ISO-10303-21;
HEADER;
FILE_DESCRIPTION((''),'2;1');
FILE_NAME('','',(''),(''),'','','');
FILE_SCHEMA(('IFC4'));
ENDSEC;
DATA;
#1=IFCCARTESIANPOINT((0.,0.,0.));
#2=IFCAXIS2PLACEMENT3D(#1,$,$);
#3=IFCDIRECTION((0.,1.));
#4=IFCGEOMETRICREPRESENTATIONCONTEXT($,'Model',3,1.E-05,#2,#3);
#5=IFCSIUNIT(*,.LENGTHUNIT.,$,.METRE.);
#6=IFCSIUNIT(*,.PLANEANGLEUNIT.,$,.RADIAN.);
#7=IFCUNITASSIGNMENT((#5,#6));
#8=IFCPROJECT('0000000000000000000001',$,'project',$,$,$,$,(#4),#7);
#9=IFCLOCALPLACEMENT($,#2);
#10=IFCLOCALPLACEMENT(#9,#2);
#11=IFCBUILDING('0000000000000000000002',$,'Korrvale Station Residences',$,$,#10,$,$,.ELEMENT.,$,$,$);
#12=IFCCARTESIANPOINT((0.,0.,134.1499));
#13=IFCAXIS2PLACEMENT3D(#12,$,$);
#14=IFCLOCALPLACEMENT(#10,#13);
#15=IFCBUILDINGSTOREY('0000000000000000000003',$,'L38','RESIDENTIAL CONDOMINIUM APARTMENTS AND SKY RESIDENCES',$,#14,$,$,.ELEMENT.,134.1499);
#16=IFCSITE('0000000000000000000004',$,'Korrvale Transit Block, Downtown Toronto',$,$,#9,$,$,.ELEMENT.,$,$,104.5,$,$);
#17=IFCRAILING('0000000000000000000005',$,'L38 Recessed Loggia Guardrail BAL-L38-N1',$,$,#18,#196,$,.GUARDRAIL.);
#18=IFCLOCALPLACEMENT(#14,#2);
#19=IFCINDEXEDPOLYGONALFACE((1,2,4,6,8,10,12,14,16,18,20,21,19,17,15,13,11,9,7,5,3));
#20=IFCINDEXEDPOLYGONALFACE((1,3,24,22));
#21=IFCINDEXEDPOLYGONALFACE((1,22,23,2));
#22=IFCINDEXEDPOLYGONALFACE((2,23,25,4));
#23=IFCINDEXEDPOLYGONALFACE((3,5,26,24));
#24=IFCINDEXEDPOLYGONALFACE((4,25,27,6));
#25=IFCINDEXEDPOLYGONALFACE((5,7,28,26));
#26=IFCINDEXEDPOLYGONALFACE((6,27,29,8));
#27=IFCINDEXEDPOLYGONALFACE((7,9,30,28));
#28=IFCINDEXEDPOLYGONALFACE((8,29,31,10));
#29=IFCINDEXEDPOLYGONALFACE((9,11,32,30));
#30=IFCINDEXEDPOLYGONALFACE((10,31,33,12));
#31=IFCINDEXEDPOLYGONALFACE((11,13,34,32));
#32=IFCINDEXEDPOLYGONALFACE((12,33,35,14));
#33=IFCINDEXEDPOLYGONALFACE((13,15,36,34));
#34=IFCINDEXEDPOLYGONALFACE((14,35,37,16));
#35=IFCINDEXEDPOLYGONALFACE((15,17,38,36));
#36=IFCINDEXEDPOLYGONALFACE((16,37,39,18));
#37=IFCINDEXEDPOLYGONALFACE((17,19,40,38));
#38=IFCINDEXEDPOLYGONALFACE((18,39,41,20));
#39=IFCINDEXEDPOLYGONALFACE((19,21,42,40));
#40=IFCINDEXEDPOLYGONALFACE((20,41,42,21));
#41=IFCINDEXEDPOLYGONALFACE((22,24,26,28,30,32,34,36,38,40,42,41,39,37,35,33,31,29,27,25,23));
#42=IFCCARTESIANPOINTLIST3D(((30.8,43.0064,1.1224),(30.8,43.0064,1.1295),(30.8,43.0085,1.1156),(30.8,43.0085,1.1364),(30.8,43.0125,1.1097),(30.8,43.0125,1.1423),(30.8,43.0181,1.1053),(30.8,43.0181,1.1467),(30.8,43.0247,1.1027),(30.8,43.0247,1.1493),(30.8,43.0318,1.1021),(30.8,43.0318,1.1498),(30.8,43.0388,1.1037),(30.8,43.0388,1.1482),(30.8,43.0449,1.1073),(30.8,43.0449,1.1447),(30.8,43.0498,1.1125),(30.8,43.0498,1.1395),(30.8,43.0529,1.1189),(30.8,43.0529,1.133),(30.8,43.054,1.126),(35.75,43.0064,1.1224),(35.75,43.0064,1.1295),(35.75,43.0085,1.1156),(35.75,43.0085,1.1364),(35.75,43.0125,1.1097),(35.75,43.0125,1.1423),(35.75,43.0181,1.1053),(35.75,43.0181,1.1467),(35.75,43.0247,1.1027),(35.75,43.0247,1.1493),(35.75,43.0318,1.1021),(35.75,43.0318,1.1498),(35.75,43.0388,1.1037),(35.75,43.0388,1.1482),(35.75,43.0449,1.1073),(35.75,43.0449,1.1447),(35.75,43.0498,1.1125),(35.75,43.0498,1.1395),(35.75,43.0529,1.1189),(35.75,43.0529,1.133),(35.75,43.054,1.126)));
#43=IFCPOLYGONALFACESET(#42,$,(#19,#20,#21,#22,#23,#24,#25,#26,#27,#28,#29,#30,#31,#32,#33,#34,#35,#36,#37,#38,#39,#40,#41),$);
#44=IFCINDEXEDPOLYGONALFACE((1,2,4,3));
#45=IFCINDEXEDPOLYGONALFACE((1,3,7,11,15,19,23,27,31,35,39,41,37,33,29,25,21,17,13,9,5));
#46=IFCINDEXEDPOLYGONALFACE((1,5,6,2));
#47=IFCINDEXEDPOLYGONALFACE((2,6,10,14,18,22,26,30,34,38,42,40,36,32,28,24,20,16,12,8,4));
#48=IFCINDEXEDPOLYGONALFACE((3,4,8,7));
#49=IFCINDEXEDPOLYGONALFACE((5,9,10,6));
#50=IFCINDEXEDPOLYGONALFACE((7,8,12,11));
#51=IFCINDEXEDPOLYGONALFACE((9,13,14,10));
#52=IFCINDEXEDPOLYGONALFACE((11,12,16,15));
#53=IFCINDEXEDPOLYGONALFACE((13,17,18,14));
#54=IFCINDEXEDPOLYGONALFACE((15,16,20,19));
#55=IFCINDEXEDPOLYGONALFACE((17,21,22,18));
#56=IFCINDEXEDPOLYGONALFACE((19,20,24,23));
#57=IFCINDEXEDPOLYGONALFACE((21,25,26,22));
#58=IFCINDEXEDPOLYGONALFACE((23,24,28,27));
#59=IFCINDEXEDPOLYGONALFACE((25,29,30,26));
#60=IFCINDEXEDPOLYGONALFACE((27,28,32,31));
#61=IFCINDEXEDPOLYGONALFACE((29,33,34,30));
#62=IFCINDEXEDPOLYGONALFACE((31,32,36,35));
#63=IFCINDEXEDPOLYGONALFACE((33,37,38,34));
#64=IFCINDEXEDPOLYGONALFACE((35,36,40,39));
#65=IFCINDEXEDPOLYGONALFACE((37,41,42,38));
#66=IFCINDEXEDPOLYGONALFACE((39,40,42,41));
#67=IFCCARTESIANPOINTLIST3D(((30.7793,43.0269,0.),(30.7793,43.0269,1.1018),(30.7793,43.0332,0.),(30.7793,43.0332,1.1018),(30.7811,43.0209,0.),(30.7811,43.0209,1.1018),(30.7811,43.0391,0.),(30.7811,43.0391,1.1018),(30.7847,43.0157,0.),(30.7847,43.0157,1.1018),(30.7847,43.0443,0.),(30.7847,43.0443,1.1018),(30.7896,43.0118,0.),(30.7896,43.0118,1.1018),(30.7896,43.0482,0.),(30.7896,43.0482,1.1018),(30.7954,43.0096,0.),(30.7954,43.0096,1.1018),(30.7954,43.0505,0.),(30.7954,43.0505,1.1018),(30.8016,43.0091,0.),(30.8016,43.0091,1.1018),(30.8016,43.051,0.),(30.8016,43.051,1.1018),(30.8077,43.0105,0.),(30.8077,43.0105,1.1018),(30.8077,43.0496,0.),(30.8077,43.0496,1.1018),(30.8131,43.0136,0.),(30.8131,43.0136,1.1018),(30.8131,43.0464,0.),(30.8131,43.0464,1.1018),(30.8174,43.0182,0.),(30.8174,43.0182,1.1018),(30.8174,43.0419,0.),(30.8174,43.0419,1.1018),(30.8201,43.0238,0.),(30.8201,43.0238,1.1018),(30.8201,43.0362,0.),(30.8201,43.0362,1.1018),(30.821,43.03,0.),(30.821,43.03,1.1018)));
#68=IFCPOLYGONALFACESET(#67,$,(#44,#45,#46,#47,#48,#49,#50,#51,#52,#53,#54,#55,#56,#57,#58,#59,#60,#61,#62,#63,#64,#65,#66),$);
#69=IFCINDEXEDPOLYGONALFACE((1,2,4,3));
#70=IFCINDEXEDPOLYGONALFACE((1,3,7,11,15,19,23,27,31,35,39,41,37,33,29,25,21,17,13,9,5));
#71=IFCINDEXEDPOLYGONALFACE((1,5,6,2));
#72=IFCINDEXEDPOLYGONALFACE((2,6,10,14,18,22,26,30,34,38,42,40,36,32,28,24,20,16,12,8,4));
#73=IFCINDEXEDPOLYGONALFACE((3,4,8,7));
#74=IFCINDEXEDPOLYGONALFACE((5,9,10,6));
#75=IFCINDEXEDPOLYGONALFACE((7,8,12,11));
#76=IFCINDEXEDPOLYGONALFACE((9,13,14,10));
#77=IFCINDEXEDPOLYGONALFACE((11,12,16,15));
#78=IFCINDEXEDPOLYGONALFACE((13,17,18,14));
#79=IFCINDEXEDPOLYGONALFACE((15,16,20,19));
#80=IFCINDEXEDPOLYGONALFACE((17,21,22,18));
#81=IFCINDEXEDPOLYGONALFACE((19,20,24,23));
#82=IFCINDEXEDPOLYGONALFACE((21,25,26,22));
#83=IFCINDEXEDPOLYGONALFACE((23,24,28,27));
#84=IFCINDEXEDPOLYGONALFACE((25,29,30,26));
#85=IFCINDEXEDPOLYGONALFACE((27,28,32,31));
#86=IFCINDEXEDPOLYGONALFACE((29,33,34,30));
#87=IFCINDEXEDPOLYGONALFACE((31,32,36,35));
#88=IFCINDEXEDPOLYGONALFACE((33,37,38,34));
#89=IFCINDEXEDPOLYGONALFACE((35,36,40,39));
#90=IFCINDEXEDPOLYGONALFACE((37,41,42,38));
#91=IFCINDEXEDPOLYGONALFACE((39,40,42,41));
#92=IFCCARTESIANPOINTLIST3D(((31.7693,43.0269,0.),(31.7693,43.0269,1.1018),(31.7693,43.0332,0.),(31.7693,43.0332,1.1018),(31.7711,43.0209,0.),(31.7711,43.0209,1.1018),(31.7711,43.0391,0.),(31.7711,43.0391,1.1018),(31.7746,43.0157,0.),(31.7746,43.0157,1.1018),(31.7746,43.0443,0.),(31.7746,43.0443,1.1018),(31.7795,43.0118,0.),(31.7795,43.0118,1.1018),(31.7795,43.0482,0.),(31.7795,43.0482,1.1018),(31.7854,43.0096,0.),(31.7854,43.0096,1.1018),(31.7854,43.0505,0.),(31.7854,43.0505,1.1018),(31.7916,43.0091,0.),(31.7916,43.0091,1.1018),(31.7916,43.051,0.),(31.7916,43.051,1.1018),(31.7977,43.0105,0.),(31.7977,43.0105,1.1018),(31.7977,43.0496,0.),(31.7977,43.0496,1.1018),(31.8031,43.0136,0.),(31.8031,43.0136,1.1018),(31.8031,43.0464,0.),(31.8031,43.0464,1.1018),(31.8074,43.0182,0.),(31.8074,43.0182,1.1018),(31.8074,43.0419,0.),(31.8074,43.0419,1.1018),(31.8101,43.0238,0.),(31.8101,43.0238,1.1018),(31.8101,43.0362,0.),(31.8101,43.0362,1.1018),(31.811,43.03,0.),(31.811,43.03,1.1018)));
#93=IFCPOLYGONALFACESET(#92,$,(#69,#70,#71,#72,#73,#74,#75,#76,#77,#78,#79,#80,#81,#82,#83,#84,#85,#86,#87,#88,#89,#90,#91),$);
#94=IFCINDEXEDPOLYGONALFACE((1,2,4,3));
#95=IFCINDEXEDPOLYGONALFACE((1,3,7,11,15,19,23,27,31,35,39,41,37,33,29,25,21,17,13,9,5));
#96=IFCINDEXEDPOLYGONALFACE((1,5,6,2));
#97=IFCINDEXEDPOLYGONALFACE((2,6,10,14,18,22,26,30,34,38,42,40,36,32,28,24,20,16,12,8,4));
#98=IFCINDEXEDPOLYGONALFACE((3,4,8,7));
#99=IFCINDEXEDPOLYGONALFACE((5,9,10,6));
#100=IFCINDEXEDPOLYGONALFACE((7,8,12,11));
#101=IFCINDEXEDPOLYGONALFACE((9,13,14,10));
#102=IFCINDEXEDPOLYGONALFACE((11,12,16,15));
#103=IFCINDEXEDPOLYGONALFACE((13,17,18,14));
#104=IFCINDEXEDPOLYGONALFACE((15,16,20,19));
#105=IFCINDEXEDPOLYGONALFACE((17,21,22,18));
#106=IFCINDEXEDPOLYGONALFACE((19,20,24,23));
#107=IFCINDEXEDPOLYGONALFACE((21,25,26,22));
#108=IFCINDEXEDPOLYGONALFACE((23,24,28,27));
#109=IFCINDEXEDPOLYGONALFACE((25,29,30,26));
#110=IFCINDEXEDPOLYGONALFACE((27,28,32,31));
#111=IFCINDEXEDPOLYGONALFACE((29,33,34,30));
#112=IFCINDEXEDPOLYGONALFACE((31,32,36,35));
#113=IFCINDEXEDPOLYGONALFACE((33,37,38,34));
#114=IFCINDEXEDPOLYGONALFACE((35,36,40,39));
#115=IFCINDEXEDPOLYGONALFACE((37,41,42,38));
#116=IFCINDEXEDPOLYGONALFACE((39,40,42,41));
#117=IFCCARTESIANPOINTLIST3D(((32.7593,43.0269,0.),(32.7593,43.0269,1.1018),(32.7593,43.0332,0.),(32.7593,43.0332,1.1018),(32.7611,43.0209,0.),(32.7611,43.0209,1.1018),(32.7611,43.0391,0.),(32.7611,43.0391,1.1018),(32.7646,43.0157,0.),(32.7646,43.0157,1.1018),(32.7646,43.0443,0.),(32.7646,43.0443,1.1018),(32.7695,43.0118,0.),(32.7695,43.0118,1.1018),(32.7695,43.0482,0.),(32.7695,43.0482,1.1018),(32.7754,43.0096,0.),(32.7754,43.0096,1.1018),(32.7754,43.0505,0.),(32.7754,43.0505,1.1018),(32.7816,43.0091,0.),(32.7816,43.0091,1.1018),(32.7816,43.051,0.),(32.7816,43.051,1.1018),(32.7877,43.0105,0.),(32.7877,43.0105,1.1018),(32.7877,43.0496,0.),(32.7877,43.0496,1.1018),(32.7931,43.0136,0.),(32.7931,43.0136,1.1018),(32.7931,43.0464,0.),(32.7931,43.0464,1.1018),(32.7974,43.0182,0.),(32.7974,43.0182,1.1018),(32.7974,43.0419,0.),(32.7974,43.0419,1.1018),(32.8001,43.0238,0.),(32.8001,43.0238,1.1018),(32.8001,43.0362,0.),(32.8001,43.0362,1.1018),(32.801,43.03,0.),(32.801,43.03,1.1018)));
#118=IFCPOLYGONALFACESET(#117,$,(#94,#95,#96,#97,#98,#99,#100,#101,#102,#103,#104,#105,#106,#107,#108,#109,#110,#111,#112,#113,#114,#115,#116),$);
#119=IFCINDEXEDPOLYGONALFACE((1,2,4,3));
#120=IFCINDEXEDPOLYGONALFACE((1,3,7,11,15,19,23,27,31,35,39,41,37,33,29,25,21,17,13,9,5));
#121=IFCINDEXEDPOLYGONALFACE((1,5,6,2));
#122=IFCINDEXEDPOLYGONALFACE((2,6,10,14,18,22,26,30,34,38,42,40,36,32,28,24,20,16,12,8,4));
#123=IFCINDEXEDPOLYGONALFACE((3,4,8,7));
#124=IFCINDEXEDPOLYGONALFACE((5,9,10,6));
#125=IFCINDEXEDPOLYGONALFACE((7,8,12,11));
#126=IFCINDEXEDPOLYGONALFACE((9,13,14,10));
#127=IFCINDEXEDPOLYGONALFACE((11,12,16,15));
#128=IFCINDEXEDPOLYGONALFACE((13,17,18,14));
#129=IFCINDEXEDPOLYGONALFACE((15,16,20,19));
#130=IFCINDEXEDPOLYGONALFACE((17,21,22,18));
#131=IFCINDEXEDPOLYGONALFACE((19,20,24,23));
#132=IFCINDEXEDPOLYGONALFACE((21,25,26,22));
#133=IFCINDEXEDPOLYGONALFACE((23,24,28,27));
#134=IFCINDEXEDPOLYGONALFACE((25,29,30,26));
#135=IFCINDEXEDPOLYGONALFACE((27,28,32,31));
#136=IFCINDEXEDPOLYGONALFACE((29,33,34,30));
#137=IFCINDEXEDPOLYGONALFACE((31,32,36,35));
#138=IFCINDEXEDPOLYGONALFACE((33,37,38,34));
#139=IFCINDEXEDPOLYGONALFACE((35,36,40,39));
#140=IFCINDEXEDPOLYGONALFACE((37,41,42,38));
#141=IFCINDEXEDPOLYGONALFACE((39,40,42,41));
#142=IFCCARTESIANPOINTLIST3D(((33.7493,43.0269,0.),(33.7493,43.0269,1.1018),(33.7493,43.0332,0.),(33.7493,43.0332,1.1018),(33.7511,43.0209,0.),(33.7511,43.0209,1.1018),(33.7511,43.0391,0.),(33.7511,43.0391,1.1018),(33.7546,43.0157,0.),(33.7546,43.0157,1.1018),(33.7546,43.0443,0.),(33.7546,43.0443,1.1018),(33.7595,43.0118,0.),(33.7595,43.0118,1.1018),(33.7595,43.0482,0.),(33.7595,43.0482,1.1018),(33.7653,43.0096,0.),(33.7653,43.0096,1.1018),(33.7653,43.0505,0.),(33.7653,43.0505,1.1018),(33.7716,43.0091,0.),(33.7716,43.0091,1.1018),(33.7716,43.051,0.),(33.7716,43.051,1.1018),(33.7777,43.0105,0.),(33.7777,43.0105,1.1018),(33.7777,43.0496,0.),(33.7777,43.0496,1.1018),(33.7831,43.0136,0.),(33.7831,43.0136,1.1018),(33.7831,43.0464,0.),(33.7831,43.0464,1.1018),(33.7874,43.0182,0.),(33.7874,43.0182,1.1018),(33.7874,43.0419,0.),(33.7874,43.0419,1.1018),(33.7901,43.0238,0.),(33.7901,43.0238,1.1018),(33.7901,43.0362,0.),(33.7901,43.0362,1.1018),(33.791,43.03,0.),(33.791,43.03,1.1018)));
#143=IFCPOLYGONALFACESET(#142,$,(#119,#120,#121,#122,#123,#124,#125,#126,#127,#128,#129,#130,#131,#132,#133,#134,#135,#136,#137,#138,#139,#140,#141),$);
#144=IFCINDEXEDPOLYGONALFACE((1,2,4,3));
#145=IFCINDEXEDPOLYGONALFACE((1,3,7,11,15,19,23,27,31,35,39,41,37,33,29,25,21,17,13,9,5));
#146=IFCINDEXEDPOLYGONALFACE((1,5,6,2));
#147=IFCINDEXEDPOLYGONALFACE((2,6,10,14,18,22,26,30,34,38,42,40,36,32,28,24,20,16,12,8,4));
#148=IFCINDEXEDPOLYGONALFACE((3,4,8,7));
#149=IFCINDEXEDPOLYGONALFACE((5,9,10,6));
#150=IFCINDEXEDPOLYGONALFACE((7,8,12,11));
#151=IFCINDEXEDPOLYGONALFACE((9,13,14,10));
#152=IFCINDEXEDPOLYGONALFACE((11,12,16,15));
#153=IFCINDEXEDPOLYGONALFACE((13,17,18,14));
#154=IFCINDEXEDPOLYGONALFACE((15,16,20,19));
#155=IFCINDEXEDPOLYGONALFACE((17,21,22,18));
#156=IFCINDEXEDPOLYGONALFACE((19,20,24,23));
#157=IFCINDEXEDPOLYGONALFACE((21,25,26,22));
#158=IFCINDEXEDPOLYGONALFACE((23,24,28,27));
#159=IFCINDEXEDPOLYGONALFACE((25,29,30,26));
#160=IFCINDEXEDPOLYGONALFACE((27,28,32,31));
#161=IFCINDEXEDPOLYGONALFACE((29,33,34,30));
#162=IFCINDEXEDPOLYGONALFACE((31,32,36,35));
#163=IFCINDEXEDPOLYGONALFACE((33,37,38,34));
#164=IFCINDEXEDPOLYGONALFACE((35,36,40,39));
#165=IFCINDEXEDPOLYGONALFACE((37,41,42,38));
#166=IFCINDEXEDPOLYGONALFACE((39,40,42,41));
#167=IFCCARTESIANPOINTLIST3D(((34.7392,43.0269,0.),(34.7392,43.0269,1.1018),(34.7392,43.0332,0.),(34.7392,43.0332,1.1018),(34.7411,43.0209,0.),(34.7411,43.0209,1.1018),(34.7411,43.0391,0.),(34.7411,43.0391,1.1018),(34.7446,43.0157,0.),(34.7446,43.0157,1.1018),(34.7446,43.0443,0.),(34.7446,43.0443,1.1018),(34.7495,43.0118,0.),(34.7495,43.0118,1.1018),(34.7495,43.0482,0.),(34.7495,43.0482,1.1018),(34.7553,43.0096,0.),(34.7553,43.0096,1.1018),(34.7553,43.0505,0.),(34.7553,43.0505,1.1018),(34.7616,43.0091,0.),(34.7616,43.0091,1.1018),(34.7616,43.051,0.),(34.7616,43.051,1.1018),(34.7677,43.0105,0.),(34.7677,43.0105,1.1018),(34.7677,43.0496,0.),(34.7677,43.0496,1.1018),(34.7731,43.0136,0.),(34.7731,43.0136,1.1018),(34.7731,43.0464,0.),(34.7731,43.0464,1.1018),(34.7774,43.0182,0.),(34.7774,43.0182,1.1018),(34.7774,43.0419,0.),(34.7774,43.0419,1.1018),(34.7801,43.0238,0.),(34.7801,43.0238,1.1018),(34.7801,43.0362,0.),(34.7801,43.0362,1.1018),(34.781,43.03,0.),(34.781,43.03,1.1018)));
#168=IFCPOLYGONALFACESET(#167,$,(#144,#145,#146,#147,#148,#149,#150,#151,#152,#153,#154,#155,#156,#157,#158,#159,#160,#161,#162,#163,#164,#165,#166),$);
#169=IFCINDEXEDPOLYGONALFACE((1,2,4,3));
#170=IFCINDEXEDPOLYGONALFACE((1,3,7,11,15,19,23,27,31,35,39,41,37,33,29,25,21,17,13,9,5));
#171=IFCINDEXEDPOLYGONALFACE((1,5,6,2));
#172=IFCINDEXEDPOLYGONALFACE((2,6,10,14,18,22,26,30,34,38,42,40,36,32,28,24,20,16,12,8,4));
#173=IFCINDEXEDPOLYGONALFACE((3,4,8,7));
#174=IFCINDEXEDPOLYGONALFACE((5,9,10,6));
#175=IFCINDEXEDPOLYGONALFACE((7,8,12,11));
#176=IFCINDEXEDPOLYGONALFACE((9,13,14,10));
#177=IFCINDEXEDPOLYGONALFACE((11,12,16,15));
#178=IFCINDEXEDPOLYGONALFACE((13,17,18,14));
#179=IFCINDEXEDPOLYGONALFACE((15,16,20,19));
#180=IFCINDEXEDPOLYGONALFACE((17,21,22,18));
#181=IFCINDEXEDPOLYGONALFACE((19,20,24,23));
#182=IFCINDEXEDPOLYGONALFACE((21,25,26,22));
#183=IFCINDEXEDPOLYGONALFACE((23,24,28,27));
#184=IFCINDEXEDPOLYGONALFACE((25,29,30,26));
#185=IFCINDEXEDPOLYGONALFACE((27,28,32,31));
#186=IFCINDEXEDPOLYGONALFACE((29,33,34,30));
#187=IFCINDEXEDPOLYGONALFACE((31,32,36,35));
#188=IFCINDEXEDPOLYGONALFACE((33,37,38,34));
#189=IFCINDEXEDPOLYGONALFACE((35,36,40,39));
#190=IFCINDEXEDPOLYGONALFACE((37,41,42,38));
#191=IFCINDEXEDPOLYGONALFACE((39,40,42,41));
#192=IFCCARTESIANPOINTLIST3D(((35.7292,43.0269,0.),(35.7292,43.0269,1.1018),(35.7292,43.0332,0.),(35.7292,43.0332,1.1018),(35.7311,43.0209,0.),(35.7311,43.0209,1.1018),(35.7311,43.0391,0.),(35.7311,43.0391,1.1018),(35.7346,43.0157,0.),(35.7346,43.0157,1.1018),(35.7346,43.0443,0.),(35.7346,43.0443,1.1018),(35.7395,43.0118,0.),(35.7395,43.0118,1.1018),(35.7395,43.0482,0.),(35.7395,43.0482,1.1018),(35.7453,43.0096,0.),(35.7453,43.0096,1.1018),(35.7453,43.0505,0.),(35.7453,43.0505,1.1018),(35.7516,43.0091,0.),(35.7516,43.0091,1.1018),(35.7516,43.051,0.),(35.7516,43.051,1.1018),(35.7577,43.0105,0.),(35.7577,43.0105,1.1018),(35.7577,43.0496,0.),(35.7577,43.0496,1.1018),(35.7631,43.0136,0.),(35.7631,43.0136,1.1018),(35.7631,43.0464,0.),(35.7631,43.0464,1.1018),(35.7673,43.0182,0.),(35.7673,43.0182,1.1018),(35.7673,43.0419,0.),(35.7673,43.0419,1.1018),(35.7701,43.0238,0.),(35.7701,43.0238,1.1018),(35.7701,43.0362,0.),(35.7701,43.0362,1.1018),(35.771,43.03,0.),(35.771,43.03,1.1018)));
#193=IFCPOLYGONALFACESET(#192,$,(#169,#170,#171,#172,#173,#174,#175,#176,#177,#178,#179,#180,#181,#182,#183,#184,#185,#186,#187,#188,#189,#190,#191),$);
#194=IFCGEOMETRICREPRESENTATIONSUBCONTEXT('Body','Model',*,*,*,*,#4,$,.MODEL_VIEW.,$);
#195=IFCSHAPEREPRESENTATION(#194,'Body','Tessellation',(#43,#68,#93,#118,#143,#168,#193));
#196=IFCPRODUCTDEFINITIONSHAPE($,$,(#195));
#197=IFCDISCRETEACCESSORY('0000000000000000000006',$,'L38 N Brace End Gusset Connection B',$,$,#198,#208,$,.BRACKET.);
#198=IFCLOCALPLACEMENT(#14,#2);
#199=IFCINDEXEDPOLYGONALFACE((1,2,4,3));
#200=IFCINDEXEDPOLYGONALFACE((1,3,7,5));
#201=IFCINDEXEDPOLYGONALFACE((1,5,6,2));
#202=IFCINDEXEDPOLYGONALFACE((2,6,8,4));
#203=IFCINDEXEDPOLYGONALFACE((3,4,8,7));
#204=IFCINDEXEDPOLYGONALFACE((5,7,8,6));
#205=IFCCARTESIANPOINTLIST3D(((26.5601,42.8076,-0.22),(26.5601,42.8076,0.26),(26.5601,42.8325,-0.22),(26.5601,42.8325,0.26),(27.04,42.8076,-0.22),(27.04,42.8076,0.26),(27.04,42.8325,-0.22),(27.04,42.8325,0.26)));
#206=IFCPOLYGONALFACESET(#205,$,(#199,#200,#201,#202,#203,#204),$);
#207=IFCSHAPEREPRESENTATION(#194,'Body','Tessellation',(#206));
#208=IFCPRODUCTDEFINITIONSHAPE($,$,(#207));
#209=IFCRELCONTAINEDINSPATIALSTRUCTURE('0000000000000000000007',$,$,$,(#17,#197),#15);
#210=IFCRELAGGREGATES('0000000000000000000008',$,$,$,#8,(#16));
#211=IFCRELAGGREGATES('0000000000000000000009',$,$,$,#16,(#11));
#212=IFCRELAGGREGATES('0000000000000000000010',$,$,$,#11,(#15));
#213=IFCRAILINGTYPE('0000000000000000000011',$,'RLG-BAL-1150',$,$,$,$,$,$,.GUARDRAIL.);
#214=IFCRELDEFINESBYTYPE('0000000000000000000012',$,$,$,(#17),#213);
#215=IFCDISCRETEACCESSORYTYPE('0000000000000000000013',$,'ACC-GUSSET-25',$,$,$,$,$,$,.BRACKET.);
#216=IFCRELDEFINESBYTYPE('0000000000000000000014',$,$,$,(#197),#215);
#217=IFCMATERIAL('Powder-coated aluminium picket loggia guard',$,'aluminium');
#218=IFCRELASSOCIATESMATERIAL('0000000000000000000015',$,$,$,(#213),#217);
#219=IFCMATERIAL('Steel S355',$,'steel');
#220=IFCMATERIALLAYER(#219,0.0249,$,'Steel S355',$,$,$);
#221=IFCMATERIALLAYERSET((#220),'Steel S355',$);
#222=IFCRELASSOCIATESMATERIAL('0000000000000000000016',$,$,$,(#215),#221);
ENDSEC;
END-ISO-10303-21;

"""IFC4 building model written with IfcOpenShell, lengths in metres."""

from ifc_helpers import new_model, si_unit, direction, frame, origin, origin_2d, place, context, subcontext, project, spatial, rectangle, circle, extrude, material, layer, layer_set, type_object, element, save


model = new_model("IFC4")

# Units and contexts
model_context = context("Model", 3, precision=1e-05, world=origin(), true_north=direction((0.0, 1.0)))
body_context = subcontext(model_context, "Body", "Model", "MODEL_VIEW")
ifc_project = project(units=[si_unit("LENGTHUNIT", "METRE"), si_unit("PLANEANGLEUNIT", "RADIAN")], contexts=[model_context])

# Site, building, storey
site_placement = place(None, origin())
site = spatial("IfcSite", under=ifc_project, at=site_placement, Name="Korrvale Transit Block, Downtown Toronto", CompositionType="ELEMENT", RefElevation=104.5)
building_placement = place(site_placement, origin())
building = spatial("IfcBuilding", under=site, at=building_placement, Name="Korrvale Station Residences", CompositionType="ELEMENT")
storey_placement = place(building_placement, frame((0.0, 0.0, 134.1499)))
storey = spatial("IfcBuildingStorey", under=building, at=storey_placement, Name="L38", Description="RESIDENTIAL CONDOMINIUM APARTMENTS AND SKY RESIDENCES", CompositionType="ELEMENT", Elevation=134.1499)

# Shared definitions
ifc_material_1 = material(Name="Steel S355", Category="steel")

# Railing
ifc_material_2 = material(Name="Powder-coated aluminium picket loggia guard", Category="aluminium")
railing_type = type_object("IfcRailingType", Name="RLG-BAL-1150", PredefinedType="GUARDRAIL", material=ifc_material_2)
railing_placement = place(storey_placement, frame((30.8, 43.03, 0.0)))
element("IfcRailing", 1, at=railing_placement, inside=storey, type_object=railing_type, Name="L38 Recessed Loggia Guardrail BAL-L38-N1", PredefinedType="GUARDRAIL", context=body_context, shape_type="SweptSolid", body=[
    extrude(circle(Radius=0.0239, at=origin_2d()), frame((0.0, 0.0, 1.126), z_axis=(1.0, 0.0, 0.0), x_axis=(0.0, 1.0, 0.0)), (0.0, 0.0, 1.0), 4.95),
    extrude(circle(Radius=0.021, at=origin_2d()), origin(), (0.0, 0.0, 1.0), 1.1018),
    extrude(circle(Radius=0.021, at=origin_2d()), frame((0.99, 0.0, 0.0)), (0.0, 0.0, 1.0), 1.1018),
    extrude(circle(Radius=0.021, at=origin_2d()), frame((1.98, 0.0, 0.0)), (0.0, 0.0, 1.0), 1.1018),
    extrude(circle(Radius=0.021, at=origin_2d()), frame((2.97, 0.0, 0.0)), (0.0, 0.0, 1.0), 1.1018),
    extrude(circle(Radius=0.021, at=origin_2d()), frame((3.96, 0.0, 0.0)), (0.0, 0.0, 1.0), 1.1018),
    extrude(circle(Radius=0.021, at=origin_2d()), frame((4.95, 0.0, 0.0)), (0.0, 0.0, 1.0), 1.1018),
])

# Discrete accessory
ifc_layer_1 = layer(ifc_material_1, 0.0249, Name="Steel S355")
ifc_layer_set_1 = layer_set([ifc_layer_1], Name="Steel S355")
discrete_accessory_type = type_object("IfcDiscreteAccessoryType", Name="ACC-GUSSET-25", PredefinedType="BRACKET", material=ifc_layer_set_1)
for number, where, z_axis, x_axis, name in (
    (2, (26.8, 42.8201, -0.22), (0.0, 0.0, 1.0), (1.0, 0.0, 0.0), "L38 N Brace End Gusset Connection B"),
):
    element("IfcDiscreteAccessory", number, at=place(storey_placement, frame(where, z_axis=z_axis, x_axis=x_axis)), inside=storey, type_object=discrete_accessory_type, Name=name, PredefinedType="BRACKET", context=body_context, shape_type="SweptSolid", body=[
        extrude(rectangle(XDim=0.48, YDim=0.0249, at=origin_2d()), origin(), (0.0, 0.0, 1.0), 0.48),
    ])

save(model, "model.ifc")
